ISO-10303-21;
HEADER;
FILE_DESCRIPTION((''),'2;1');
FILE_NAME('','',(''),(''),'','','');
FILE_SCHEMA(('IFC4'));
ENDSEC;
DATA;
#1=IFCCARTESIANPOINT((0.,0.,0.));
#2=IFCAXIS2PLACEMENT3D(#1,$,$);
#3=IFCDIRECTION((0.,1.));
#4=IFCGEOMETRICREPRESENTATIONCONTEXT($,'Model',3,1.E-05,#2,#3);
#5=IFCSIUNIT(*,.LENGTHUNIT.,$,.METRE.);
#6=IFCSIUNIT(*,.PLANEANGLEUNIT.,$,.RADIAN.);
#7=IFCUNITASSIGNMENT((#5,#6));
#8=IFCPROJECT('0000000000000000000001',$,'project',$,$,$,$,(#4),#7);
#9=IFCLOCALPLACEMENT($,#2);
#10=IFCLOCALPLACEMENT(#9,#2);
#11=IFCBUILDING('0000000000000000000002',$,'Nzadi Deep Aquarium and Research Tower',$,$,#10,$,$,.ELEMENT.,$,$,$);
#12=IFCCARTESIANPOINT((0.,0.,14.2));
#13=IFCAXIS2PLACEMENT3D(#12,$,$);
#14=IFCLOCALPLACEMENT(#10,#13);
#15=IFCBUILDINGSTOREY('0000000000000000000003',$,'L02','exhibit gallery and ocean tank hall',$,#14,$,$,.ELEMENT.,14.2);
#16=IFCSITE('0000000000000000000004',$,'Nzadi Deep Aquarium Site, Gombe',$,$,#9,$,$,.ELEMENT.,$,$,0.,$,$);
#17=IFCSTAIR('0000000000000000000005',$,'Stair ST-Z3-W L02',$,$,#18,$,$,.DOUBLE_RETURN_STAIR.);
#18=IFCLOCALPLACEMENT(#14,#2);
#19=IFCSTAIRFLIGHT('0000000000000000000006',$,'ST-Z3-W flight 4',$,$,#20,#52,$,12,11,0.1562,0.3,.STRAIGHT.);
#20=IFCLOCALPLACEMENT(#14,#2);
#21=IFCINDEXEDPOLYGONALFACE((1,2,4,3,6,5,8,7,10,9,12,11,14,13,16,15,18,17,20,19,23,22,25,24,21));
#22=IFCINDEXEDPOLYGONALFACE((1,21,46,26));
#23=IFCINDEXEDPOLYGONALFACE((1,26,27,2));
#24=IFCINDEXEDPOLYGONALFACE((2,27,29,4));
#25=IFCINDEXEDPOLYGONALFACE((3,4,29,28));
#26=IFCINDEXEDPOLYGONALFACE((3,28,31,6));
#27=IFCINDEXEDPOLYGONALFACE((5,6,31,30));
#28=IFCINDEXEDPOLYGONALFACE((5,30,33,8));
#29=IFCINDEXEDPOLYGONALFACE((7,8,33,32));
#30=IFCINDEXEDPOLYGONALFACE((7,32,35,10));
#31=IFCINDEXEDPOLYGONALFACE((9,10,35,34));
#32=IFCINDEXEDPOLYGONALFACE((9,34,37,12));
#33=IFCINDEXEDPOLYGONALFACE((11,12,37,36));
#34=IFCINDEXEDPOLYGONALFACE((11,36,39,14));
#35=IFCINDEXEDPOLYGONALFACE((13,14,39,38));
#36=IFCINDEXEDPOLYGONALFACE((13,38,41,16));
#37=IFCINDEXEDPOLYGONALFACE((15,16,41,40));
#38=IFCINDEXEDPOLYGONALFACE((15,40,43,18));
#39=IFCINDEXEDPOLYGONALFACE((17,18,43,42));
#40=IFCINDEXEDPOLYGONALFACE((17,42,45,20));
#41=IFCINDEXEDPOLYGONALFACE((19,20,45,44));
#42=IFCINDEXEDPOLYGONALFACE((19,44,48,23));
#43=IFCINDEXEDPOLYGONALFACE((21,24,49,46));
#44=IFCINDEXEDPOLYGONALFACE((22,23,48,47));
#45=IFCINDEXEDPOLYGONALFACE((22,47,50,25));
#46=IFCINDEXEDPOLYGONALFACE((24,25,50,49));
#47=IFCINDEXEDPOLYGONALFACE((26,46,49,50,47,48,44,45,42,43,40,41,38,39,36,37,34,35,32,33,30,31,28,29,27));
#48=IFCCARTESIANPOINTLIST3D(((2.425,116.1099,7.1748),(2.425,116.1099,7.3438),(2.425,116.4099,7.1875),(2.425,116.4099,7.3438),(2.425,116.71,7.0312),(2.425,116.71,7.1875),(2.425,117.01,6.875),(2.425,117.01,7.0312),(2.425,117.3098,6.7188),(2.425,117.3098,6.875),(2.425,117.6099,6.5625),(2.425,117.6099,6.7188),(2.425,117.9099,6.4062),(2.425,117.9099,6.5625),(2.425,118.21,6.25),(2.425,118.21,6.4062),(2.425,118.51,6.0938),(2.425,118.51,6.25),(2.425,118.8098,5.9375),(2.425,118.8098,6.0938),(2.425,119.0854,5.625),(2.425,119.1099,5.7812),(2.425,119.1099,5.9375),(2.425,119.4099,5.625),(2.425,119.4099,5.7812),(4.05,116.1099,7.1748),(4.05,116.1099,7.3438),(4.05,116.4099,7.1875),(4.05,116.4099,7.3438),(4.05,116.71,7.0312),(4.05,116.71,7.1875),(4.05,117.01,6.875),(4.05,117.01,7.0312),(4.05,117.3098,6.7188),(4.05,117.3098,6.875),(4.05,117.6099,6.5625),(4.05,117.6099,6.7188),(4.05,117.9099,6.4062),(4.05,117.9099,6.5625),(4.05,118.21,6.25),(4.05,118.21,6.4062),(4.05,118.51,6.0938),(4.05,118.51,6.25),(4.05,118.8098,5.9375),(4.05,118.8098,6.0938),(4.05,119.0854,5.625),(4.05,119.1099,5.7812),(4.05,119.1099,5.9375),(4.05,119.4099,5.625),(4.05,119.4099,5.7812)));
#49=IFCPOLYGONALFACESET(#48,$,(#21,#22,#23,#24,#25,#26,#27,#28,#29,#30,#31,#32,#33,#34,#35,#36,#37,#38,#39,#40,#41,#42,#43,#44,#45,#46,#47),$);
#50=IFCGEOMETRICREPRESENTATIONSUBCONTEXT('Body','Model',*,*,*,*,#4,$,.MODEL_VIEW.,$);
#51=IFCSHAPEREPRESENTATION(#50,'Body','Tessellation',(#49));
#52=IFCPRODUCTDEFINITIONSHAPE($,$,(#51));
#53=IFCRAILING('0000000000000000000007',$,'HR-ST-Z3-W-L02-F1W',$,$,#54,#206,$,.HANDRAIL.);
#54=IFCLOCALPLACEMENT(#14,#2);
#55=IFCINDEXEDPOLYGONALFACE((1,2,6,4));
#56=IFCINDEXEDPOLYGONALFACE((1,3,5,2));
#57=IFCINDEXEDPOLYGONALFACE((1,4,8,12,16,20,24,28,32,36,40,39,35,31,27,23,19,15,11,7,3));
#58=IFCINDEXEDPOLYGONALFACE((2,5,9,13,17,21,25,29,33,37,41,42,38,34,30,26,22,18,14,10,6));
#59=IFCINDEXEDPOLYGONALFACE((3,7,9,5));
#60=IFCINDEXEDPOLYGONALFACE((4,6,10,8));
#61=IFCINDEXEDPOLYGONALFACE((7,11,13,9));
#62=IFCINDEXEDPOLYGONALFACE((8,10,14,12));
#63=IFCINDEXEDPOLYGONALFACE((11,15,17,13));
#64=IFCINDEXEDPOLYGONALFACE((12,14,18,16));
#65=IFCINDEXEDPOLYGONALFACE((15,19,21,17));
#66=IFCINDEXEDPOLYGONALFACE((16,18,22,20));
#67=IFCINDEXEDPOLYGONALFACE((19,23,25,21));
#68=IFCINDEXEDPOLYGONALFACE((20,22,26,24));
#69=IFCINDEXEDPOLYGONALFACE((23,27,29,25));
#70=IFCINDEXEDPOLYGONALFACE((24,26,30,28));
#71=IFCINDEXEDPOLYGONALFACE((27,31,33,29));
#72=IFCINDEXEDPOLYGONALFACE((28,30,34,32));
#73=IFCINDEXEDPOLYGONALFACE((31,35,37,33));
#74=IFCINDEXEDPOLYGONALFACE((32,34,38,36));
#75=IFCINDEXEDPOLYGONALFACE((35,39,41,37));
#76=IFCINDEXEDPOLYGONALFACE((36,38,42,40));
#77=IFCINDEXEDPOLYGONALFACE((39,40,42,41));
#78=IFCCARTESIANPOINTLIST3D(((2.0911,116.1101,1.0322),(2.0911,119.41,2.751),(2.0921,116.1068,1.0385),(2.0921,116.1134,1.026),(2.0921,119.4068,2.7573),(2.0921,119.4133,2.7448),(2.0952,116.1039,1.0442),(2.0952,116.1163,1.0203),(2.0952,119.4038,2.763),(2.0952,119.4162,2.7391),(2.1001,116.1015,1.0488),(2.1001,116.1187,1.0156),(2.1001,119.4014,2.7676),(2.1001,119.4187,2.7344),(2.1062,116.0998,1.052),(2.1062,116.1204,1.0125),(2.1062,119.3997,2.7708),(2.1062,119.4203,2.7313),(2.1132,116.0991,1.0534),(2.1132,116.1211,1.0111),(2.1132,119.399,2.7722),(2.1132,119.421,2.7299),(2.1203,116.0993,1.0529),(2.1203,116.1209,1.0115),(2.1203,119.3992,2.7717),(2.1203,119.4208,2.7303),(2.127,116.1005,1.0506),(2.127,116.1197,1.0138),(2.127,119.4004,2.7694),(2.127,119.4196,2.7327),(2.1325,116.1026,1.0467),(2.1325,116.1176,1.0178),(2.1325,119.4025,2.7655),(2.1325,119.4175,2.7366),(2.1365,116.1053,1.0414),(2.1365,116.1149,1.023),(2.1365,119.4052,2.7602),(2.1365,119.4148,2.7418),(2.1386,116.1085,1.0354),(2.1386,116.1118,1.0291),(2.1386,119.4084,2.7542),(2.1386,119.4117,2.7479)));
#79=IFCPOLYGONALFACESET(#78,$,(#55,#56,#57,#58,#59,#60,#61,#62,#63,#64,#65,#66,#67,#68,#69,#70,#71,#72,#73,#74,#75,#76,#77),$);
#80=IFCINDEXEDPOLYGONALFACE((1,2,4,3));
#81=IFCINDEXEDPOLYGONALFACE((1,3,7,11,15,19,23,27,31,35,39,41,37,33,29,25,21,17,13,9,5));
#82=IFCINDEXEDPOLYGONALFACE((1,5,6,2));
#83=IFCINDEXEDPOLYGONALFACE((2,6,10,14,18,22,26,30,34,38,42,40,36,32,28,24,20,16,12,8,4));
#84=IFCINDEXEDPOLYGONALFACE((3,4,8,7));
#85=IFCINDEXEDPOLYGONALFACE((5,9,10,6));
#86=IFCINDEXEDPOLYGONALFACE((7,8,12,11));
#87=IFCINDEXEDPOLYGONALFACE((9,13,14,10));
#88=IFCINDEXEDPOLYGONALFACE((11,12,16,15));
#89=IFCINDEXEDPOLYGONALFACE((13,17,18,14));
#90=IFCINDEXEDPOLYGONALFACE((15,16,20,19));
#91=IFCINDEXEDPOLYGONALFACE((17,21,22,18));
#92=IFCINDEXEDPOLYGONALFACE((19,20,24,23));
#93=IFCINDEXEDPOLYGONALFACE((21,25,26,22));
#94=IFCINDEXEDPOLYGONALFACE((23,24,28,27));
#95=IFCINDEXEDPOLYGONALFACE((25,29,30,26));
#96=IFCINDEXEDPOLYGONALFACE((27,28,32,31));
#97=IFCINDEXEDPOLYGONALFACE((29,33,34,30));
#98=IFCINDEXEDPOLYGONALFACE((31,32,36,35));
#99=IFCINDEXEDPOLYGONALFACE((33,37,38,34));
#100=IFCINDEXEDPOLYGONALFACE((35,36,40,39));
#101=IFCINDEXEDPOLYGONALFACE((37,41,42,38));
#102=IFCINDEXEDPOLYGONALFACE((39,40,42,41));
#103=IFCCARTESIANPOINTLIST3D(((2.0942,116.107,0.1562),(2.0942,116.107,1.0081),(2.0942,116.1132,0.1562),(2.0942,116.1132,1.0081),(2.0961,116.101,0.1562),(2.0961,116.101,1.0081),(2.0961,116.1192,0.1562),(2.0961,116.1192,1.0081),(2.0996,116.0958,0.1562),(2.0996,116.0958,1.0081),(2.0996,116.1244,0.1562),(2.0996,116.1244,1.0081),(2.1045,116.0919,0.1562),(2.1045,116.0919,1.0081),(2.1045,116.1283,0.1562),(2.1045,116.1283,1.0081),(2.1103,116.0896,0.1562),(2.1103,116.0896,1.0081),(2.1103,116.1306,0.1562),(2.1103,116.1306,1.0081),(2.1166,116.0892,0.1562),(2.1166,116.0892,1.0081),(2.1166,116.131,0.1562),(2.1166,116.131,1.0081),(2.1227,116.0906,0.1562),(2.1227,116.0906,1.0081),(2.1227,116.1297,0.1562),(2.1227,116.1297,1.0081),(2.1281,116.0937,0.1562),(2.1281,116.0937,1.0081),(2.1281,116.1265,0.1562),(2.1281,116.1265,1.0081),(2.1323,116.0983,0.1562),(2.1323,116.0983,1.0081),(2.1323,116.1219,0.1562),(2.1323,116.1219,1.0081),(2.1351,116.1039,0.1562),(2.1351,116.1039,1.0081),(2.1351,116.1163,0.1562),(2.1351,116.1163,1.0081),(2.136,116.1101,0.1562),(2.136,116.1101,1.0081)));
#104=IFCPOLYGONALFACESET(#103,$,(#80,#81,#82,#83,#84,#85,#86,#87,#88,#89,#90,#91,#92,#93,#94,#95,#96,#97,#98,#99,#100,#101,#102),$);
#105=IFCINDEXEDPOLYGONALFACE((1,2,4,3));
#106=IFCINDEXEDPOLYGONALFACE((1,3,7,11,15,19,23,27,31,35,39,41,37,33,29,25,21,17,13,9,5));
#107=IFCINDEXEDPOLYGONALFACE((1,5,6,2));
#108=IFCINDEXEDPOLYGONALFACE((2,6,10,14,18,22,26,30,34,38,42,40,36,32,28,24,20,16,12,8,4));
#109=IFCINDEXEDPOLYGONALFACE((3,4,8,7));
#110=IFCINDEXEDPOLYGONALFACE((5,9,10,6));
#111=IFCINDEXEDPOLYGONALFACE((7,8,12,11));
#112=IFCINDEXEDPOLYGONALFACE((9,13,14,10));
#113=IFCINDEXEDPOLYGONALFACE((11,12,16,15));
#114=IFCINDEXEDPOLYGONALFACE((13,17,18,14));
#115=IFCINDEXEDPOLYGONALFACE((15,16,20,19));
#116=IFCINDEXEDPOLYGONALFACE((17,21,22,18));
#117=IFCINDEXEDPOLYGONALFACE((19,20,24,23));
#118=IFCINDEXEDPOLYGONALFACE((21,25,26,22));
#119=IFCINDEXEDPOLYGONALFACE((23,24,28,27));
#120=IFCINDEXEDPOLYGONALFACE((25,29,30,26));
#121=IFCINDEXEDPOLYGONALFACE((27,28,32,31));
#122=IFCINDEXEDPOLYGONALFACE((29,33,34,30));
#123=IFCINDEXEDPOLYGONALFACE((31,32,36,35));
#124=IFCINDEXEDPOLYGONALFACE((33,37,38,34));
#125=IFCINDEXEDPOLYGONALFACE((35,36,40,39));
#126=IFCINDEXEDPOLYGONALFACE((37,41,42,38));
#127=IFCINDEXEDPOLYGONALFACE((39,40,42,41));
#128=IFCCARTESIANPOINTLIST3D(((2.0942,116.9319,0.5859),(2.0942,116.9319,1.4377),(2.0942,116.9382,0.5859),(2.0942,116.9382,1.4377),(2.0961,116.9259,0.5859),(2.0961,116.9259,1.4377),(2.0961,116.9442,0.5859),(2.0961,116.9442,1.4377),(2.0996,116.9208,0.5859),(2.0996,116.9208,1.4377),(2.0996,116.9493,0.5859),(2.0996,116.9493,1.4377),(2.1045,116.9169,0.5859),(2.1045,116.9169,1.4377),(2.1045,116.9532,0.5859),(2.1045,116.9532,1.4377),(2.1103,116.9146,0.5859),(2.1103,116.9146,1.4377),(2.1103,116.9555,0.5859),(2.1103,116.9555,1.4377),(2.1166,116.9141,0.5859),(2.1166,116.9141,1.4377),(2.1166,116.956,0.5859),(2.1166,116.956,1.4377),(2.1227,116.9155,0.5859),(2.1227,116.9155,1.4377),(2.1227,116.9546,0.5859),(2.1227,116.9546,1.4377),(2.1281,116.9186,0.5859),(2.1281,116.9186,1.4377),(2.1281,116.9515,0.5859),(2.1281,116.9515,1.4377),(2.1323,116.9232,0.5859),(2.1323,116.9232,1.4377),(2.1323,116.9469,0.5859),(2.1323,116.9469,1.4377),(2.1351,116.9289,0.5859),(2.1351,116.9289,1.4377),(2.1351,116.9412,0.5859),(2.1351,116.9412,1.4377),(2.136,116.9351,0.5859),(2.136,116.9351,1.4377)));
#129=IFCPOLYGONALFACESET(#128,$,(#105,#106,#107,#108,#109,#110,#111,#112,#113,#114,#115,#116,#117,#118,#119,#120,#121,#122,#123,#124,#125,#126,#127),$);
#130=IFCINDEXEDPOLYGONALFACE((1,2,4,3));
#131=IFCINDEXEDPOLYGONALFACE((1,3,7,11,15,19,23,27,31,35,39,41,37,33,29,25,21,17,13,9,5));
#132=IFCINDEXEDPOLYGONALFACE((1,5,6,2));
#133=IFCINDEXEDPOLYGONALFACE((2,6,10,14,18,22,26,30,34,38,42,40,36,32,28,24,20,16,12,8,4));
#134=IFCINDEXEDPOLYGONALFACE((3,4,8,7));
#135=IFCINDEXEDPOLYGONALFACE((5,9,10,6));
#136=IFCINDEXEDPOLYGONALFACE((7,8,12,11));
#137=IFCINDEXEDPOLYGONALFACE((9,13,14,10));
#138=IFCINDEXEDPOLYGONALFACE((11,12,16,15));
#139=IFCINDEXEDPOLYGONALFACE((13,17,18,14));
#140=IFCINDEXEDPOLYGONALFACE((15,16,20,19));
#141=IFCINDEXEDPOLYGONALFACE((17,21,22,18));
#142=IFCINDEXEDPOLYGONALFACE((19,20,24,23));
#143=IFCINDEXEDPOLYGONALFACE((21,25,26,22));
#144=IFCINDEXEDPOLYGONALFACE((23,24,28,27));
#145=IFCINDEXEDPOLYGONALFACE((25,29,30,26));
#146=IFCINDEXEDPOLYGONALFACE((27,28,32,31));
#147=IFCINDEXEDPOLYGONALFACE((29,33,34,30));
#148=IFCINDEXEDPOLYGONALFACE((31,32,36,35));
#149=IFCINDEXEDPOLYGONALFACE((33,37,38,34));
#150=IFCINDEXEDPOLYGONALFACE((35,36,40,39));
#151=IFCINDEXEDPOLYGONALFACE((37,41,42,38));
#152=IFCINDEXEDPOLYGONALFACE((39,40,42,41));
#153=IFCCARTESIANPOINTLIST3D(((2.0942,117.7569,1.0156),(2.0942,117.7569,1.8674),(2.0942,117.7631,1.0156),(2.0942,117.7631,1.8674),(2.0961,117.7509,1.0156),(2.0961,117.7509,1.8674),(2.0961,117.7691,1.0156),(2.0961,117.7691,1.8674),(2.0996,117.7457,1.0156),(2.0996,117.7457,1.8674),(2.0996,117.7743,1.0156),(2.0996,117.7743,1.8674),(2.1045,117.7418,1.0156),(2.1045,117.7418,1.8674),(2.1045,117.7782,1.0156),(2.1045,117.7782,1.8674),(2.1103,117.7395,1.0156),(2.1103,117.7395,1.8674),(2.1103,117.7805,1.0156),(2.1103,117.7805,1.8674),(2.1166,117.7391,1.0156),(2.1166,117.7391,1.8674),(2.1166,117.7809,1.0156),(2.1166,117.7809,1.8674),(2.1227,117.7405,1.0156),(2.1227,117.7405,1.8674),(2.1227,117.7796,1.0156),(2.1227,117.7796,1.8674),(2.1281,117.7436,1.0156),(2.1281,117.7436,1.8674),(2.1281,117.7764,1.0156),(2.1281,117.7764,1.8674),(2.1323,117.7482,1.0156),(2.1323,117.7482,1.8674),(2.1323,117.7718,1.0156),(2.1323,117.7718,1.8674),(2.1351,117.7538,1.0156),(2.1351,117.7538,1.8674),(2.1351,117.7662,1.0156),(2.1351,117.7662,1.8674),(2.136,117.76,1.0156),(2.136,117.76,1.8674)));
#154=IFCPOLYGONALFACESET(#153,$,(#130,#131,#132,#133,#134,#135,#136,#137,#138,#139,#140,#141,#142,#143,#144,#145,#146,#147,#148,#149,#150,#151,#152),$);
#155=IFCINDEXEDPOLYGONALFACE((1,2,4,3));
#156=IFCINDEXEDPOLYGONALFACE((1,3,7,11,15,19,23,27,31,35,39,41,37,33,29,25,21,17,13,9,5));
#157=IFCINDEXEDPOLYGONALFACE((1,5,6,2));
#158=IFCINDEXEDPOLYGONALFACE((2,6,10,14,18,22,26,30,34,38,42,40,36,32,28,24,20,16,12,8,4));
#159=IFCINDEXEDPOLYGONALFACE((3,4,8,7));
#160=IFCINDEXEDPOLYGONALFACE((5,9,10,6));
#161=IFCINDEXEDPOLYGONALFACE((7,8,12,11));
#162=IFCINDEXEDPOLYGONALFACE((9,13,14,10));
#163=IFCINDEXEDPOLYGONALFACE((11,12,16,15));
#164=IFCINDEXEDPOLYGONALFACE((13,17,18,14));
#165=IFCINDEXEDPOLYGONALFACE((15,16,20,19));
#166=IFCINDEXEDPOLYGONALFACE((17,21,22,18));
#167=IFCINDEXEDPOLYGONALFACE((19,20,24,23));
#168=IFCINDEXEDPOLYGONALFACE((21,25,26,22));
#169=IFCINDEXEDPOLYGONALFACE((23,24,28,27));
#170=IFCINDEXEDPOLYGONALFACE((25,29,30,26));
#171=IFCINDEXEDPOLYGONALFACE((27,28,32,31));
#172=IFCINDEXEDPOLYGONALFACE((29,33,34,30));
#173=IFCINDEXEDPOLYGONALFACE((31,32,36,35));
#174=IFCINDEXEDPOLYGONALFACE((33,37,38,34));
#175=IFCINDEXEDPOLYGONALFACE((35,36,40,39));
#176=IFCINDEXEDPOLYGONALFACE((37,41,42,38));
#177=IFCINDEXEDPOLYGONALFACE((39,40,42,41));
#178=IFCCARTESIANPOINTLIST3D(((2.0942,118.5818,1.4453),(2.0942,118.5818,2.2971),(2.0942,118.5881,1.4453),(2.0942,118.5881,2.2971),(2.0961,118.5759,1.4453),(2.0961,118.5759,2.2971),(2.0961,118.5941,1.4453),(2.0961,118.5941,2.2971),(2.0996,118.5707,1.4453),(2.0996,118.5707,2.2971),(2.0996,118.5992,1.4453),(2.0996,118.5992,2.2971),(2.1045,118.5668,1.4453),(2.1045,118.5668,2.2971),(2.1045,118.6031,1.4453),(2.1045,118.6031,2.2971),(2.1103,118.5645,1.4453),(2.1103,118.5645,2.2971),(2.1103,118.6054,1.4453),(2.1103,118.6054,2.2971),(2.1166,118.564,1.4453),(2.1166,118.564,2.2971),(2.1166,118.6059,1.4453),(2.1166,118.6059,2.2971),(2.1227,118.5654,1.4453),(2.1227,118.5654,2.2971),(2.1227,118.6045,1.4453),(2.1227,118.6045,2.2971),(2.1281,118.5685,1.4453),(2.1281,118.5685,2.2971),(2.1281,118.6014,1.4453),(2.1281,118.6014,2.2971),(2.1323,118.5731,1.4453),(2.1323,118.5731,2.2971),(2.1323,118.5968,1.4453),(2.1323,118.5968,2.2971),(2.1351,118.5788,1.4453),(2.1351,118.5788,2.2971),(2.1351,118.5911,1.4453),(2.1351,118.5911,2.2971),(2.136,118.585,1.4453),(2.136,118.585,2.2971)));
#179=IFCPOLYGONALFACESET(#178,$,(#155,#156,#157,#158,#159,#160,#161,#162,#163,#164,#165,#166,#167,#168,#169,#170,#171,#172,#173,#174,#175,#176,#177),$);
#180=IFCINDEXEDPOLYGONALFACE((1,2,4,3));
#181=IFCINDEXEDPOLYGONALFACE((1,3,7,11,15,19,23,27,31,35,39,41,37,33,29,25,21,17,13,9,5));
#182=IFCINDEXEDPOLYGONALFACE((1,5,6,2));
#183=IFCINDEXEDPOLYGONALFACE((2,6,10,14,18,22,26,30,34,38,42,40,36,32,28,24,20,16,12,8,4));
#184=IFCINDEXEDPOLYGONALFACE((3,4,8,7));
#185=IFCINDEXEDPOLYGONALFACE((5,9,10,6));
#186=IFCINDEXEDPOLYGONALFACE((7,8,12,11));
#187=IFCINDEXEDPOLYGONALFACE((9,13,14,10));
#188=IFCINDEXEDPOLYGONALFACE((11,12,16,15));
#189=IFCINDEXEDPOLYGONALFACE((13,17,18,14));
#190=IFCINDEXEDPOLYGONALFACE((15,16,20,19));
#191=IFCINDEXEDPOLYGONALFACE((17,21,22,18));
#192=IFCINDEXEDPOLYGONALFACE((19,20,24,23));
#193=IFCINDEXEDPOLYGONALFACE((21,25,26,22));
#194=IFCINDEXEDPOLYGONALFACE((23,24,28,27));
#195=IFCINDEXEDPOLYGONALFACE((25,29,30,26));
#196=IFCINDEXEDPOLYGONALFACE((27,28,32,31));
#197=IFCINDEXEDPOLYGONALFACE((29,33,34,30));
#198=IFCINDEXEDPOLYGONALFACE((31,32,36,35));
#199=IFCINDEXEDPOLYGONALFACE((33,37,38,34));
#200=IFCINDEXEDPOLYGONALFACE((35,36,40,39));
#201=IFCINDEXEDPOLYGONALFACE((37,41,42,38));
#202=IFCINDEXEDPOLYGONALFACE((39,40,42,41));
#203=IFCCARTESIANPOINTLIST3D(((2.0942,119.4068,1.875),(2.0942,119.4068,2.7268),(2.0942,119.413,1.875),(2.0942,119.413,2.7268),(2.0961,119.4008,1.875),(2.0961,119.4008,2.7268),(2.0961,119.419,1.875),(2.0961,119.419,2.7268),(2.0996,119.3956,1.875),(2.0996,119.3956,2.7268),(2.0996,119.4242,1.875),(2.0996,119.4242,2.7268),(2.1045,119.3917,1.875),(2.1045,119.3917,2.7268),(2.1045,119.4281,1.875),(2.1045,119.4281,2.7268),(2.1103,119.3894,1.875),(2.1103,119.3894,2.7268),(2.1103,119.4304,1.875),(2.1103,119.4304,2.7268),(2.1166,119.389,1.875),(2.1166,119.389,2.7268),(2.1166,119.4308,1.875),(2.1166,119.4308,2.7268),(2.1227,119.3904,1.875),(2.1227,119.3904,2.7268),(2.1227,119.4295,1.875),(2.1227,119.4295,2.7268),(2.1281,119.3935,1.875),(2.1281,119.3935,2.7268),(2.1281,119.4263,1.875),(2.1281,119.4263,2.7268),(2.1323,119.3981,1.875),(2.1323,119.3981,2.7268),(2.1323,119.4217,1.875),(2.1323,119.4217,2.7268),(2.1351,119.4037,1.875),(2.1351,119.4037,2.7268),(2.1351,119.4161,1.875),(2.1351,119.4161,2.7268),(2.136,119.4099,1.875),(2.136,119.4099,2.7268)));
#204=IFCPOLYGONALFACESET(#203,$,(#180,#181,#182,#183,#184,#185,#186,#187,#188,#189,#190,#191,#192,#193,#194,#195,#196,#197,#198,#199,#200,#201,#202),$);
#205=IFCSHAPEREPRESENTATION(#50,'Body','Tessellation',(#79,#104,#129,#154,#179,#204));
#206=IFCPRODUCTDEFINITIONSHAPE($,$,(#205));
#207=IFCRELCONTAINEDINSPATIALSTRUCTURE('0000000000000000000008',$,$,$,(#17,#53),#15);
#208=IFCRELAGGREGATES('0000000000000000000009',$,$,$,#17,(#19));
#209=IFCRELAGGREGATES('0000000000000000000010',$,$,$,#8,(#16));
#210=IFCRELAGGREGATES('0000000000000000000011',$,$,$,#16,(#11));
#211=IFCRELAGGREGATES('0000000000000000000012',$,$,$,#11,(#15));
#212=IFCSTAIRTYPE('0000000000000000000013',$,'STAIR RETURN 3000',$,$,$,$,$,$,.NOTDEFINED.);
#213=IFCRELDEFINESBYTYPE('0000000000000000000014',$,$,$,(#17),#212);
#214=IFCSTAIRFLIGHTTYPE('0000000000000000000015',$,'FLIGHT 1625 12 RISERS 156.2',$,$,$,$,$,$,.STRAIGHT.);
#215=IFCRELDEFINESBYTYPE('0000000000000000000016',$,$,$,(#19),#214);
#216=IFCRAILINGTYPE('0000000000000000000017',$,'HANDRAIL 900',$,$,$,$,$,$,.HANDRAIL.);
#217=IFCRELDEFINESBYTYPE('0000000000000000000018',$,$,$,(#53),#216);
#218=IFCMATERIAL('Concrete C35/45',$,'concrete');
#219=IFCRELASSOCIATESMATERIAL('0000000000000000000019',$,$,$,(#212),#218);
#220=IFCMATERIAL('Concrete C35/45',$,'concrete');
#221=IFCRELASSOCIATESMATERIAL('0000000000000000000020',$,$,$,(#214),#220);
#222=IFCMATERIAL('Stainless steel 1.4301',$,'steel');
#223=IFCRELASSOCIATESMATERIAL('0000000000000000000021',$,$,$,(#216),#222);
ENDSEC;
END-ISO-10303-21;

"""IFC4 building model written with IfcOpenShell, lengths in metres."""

from ifc_helpers import new_model, si_unit, direction, frame, origin, origin_2d, place, context, subcontext, project, spatial, polyline, circle, outline, extrude, material, type_object, element, aggregate, save


model = new_model("IFC4")

# Units and contexts
model_context = context("Model", 3, precision=1e-05, world=origin(), true_north=direction((0.0, 1.0)))
body_context = subcontext(model_context, "Body", "Model", "MODEL_VIEW")
ifc_project = project(units=[si_unit("LENGTHUNIT", "METRE"), si_unit("PLANEANGLEUNIT", "RADIAN")], contexts=[model_context])

# Site, building, storey
site_placement = place(None, origin())
site = spatial("IfcSite", under=ifc_project, at=site_placement, Name="Nzadi Deep Aquarium Site, Gombe", CompositionType="ELEMENT", RefElevation=0.0)
building_placement = place(site_placement, origin())
building = spatial("IfcBuilding", under=site, at=building_placement, Name="Nzadi Deep Aquarium and Research Tower", CompositionType="ELEMENT")
storey_placement = place(building_placement, frame((0.0, 0.0, 14.2)))
storey = spatial("IfcBuildingStorey", under=building, at=storey_placement, Name="L02", Description="exhibit gallery and ocean tank hall", CompositionType="ELEMENT", Elevation=14.2)

# Stair, stair flight
ifc_material_1 = material(Name="Concrete C35/45", Category="concrete")
stair_type = type_object("IfcStairType", Name="STAIR RETURN 3000", PredefinedType="NOTDEFINED", material=ifc_material_1)
stair_placement = place(storey_placement, origin())
stair = element("IfcStair", 1, at=stair_placement, inside=storey, type_object=stair_type, Name="Stair ST-Z3-W L02", PredefinedType="DOUBLE_RETURN_STAIR")
ifc_material_2 = material(Name="Concrete C35/45", Category="concrete")
stair_flight_type = type_object("IfcStairFlightType", Name="FLIGHT 1625 12 RISERS 156.2", PredefinedType="STRAIGHT", material=ifc_material_2)
stair_flight_1_placement = place(storey_placement, frame((3.2375, 119.4099, 5.625), z_axis=(0.0, 0.0, 1.0), x_axis=(0.0, -1.0, 0.0)))
stair_flight_1 = element("IfcStairFlight", 2, at=stair_flight_1_placement, type_object=stair_flight_type, Name="ST-Z3-W flight 4", NumberOfRisers=12, NumberOfTreads=11, PredefinedType="STRAIGHT", RiserHeight=0.1562, TreadLength=0.3, context=body_context, shape_type="SweptSolid", body=[
    extrude(outline(polyline([(0.0, 0.0), (0.0, 0.1562), (0.3, 0.1562), (0.3, 0.3125), (0.6001, 0.3125), (0.6001, 0.4688), (0.8999, 0.4688), (0.8999, 0.625), (1.2, 0.625), (1.2, 0.7812), (1.5, 0.7812), (1.5, 0.9375), (1.8, 0.9375), (1.8, 1.0938), (2.1001, 1.0938), (2.1001, 1.25), (2.3999, 1.25), (2.3999, 1.4062), (2.7, 1.4062), (2.7, 1.5625), (3.0, 1.5625), (3.0, 1.7188), (3.3, 1.7188), (3.3, 1.875), (3.3, 1.5498), (0.3245, 0.0), (0.0, 0.0)])), frame((0.0, 0.8125, 0.0), z_axis=(0.0, -1.0, 0.0), x_axis=(1.0, 0.0, 0.0)), (0.0, 0.0, 1.0), 1.625),
])
aggregate(stair, [stair_flight_1])

# Railing
ifc_material_3 = material(Name="Stainless steel 1.4301", Category="steel")
railing_type = type_object("IfcRailingType", Name="HANDRAIL 900", PredefinedType="HANDRAIL", material=ifc_material_3)
railing_1_placement = place(storey_placement, frame((2.115, 116.1101, 0.1562)))
element("IfcRailing", 3, at=railing_1_placement, inside=storey, type_object=railing_type, Name="HR-ST-Z3-W-L02-F1W", PredefinedType="HANDRAIL", context=body_context, shape_type="SweptSolid", body=[
    extrude(circle(Radius=0.0239, at=origin_2d()), frame((0.0, 0.0, 0.876), z_axis=(0.0, 0.886903, 0.461956), x_axis=(-1.0, 0.0, 0.0)), (0.0, 0.0, 1.0), 3.7207),
    extrude(circle(Radius=0.021, at=origin_2d()), origin(), (0.0, 0.0, 1.0), 0.8518),
    extrude(circle(Radius=0.021, at=origin_2d()), frame((0.0, 0.825, 0.4297)), (0.0, 0.0, 1.0), 0.8518),
    extrude(circle(Radius=0.021, at=origin_2d()), frame((0.0, 1.6499, 0.8594)), (0.0, 0.0, 1.0), 0.8518),
    extrude(circle(Radius=0.021, at=origin_2d()), frame((0.0, 2.4749, 1.2891)), (0.0, 0.0, 1.0), 0.8518),
    extrude(circle(Radius=0.021, at=origin_2d()), frame((0.0, 3.2998, 1.7188)), (0.0, 0.0, 1.0), 0.8518),
])

save(model, "model.ifc")
